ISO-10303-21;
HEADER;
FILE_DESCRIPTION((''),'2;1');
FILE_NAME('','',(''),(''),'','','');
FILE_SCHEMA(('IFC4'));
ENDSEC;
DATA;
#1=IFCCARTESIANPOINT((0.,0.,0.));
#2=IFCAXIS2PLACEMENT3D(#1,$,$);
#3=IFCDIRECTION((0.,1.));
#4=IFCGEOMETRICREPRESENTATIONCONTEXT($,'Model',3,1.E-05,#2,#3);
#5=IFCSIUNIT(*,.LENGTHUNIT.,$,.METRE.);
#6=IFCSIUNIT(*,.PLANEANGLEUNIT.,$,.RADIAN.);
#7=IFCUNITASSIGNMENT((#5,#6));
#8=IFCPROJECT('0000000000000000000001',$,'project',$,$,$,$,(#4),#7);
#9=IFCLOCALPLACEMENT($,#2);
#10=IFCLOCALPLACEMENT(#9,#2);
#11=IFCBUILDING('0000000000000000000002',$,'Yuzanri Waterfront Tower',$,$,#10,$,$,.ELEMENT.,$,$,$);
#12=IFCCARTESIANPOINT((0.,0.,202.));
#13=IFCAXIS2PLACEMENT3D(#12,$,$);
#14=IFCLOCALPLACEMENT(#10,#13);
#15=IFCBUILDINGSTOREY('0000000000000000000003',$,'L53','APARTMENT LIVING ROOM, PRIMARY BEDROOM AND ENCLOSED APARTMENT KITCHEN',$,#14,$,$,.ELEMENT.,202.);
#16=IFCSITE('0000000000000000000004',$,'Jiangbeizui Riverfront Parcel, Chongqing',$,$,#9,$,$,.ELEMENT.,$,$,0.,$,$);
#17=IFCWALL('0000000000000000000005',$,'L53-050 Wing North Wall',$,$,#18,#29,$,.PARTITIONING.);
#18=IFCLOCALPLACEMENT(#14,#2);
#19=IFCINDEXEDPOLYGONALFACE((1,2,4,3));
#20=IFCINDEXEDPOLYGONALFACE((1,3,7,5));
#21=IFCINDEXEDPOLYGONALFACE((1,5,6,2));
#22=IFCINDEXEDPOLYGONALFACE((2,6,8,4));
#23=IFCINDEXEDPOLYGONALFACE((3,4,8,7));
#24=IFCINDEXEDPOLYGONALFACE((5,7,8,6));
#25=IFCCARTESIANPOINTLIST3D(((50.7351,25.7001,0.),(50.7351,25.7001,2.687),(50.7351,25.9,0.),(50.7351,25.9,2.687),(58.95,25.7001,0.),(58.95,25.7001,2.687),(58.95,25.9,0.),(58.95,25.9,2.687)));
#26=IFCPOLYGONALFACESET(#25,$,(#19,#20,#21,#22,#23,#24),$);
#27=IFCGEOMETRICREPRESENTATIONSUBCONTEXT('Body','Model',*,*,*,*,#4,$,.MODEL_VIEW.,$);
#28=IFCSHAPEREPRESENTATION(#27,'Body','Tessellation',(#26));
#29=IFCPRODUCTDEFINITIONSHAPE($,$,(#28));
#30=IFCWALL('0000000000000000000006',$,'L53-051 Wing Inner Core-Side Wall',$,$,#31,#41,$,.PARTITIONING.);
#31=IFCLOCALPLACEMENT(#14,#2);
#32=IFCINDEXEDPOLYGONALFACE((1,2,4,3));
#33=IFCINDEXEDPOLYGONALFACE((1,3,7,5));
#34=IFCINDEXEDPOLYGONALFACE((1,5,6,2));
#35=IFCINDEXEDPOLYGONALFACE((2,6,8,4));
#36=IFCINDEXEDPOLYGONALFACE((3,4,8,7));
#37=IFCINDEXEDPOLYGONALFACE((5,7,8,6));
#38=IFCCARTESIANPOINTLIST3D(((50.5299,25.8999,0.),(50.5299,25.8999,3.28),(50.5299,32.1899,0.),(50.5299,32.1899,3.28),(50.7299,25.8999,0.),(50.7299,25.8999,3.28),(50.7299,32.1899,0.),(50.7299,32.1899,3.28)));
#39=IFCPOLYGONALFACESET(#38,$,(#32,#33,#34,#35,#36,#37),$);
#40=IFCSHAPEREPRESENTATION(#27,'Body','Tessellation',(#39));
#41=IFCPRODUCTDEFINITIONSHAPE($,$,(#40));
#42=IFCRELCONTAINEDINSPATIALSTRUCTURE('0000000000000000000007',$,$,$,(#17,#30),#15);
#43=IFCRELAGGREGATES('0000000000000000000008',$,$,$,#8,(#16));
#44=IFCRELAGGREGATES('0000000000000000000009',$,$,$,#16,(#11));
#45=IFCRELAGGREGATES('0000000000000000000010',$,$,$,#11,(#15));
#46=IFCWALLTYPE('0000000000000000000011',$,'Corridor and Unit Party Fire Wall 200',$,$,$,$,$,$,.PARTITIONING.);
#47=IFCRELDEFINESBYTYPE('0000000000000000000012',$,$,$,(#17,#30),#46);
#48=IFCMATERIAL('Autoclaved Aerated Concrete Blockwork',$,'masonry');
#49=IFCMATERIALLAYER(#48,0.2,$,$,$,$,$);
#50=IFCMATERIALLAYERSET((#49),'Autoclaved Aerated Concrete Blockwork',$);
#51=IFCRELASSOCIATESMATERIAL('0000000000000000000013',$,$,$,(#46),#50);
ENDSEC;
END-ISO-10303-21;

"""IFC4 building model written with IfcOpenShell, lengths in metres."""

from ifc_helpers import new_model, si_unit, direction, frame, frame_2d, origin, place, context, subcontext, project, spatial, rectangle, extrude, source, transform, mapped, material, layer, layer_set, type_object, element, save


model = new_model("IFC4")

# Units and contexts
model_context = context("Model", 3, precision=1e-05, world=origin(), true_north=direction((0.0, 1.0)))
body_context = subcontext(model_context, "Body", "Model", "MODEL_VIEW")
ifc_project = project(units=[si_unit("LENGTHUNIT", "METRE"), si_unit("PLANEANGLEUNIT", "RADIAN")], contexts=[model_context])

# Site, building, storey
site_placement = place(None, origin())
site = spatial("IfcSite", under=ifc_project, at=site_placement, Name="Jiangbeizui Riverfront Parcel, Chongqing", CompositionType="ELEMENT", RefElevation=0.0)
building_placement = place(site_placement, origin())
building = spatial("IfcBuilding", under=site, at=building_placement, Name="Yuzanri Waterfront Tower", CompositionType="ELEMENT")
storey_placement = place(building_placement, frame((0.0, 0.0, 202.0)))
storey = spatial("IfcBuildingStorey", under=building, at=storey_placement, Name="L53", Description="APARTMENT LIVING ROOM, PRIMARY BEDROOM AND ENCLOSED APARTMENT KITCHEN", CompositionType="ELEMENT", Elevation=202.0)

# Shared definitions
ifc_material_1 = material(Name="Autoclaved Aerated Concrete Blockwork", Category="masonry")
ifc_layer_1 = layer(ifc_material_1, 0.2)
ifc_layer_set_1 = layer_set([ifc_layer_1], Name="Autoclaved Aerated Concrete Blockwork")
wall_type = type_object("IfcWallType", Name="Corridor and Unit Party Fire Wall 200", PredefinedType="PARTITIONING", material=ifc_layer_set_1)

# Walls
shared_shape_1 = source(origin(), body_context, "Body", "SweptSolid", [
    extrude(rectangle(XDim=8.2148, YDim=0.2, at=frame_2d((4.1074, 0.0))), origin(), (0.0, 0.0, 1.0), 2.687),
])
wall_1_placement = place(storey_placement, frame((50.7351, 25.8, 0.0), z_axis=(0.0, 0.0, 1.0), x_axis=(1.0, 0.0, 0.0)))
element("IfcWall", 1, at=wall_1_placement, inside=storey, type_object=wall_type, Name="L53-050 Wing North Wall", PredefinedType="PARTITIONING", context=body_context, shape_type="MappedRepresentation", body=[
    mapped(shared_shape_1, transform((0.0, 0.0, 0.0), scale=1.0)),
])
shared_shape_2 = source(origin(), body_context, "Body", "SweptSolid", [
    extrude(rectangle(XDim=6.29, YDim=0.2, at=frame_2d((3.145, 0.0))), origin(), (0.0, 0.0, 1.0), 3.28),
])
wall_2_placement = place(storey_placement, frame((50.6299, 25.8999, 0.0), z_axis=(0.0, 0.0, 1.0), x_axis=(0.0, 1.0, 0.0)))
element("IfcWall", 2, at=wall_2_placement, inside=storey, type_object=wall_type, Name="L53-051 Wing Inner Core-Side Wall", PredefinedType="PARTITIONING", context=body_context, shape_type="MappedRepresentation", body=[
    mapped(shared_shape_2, transform((0.0, 0.0, 0.0), scale=1.0)),
])

save(model, "model.ifc")
